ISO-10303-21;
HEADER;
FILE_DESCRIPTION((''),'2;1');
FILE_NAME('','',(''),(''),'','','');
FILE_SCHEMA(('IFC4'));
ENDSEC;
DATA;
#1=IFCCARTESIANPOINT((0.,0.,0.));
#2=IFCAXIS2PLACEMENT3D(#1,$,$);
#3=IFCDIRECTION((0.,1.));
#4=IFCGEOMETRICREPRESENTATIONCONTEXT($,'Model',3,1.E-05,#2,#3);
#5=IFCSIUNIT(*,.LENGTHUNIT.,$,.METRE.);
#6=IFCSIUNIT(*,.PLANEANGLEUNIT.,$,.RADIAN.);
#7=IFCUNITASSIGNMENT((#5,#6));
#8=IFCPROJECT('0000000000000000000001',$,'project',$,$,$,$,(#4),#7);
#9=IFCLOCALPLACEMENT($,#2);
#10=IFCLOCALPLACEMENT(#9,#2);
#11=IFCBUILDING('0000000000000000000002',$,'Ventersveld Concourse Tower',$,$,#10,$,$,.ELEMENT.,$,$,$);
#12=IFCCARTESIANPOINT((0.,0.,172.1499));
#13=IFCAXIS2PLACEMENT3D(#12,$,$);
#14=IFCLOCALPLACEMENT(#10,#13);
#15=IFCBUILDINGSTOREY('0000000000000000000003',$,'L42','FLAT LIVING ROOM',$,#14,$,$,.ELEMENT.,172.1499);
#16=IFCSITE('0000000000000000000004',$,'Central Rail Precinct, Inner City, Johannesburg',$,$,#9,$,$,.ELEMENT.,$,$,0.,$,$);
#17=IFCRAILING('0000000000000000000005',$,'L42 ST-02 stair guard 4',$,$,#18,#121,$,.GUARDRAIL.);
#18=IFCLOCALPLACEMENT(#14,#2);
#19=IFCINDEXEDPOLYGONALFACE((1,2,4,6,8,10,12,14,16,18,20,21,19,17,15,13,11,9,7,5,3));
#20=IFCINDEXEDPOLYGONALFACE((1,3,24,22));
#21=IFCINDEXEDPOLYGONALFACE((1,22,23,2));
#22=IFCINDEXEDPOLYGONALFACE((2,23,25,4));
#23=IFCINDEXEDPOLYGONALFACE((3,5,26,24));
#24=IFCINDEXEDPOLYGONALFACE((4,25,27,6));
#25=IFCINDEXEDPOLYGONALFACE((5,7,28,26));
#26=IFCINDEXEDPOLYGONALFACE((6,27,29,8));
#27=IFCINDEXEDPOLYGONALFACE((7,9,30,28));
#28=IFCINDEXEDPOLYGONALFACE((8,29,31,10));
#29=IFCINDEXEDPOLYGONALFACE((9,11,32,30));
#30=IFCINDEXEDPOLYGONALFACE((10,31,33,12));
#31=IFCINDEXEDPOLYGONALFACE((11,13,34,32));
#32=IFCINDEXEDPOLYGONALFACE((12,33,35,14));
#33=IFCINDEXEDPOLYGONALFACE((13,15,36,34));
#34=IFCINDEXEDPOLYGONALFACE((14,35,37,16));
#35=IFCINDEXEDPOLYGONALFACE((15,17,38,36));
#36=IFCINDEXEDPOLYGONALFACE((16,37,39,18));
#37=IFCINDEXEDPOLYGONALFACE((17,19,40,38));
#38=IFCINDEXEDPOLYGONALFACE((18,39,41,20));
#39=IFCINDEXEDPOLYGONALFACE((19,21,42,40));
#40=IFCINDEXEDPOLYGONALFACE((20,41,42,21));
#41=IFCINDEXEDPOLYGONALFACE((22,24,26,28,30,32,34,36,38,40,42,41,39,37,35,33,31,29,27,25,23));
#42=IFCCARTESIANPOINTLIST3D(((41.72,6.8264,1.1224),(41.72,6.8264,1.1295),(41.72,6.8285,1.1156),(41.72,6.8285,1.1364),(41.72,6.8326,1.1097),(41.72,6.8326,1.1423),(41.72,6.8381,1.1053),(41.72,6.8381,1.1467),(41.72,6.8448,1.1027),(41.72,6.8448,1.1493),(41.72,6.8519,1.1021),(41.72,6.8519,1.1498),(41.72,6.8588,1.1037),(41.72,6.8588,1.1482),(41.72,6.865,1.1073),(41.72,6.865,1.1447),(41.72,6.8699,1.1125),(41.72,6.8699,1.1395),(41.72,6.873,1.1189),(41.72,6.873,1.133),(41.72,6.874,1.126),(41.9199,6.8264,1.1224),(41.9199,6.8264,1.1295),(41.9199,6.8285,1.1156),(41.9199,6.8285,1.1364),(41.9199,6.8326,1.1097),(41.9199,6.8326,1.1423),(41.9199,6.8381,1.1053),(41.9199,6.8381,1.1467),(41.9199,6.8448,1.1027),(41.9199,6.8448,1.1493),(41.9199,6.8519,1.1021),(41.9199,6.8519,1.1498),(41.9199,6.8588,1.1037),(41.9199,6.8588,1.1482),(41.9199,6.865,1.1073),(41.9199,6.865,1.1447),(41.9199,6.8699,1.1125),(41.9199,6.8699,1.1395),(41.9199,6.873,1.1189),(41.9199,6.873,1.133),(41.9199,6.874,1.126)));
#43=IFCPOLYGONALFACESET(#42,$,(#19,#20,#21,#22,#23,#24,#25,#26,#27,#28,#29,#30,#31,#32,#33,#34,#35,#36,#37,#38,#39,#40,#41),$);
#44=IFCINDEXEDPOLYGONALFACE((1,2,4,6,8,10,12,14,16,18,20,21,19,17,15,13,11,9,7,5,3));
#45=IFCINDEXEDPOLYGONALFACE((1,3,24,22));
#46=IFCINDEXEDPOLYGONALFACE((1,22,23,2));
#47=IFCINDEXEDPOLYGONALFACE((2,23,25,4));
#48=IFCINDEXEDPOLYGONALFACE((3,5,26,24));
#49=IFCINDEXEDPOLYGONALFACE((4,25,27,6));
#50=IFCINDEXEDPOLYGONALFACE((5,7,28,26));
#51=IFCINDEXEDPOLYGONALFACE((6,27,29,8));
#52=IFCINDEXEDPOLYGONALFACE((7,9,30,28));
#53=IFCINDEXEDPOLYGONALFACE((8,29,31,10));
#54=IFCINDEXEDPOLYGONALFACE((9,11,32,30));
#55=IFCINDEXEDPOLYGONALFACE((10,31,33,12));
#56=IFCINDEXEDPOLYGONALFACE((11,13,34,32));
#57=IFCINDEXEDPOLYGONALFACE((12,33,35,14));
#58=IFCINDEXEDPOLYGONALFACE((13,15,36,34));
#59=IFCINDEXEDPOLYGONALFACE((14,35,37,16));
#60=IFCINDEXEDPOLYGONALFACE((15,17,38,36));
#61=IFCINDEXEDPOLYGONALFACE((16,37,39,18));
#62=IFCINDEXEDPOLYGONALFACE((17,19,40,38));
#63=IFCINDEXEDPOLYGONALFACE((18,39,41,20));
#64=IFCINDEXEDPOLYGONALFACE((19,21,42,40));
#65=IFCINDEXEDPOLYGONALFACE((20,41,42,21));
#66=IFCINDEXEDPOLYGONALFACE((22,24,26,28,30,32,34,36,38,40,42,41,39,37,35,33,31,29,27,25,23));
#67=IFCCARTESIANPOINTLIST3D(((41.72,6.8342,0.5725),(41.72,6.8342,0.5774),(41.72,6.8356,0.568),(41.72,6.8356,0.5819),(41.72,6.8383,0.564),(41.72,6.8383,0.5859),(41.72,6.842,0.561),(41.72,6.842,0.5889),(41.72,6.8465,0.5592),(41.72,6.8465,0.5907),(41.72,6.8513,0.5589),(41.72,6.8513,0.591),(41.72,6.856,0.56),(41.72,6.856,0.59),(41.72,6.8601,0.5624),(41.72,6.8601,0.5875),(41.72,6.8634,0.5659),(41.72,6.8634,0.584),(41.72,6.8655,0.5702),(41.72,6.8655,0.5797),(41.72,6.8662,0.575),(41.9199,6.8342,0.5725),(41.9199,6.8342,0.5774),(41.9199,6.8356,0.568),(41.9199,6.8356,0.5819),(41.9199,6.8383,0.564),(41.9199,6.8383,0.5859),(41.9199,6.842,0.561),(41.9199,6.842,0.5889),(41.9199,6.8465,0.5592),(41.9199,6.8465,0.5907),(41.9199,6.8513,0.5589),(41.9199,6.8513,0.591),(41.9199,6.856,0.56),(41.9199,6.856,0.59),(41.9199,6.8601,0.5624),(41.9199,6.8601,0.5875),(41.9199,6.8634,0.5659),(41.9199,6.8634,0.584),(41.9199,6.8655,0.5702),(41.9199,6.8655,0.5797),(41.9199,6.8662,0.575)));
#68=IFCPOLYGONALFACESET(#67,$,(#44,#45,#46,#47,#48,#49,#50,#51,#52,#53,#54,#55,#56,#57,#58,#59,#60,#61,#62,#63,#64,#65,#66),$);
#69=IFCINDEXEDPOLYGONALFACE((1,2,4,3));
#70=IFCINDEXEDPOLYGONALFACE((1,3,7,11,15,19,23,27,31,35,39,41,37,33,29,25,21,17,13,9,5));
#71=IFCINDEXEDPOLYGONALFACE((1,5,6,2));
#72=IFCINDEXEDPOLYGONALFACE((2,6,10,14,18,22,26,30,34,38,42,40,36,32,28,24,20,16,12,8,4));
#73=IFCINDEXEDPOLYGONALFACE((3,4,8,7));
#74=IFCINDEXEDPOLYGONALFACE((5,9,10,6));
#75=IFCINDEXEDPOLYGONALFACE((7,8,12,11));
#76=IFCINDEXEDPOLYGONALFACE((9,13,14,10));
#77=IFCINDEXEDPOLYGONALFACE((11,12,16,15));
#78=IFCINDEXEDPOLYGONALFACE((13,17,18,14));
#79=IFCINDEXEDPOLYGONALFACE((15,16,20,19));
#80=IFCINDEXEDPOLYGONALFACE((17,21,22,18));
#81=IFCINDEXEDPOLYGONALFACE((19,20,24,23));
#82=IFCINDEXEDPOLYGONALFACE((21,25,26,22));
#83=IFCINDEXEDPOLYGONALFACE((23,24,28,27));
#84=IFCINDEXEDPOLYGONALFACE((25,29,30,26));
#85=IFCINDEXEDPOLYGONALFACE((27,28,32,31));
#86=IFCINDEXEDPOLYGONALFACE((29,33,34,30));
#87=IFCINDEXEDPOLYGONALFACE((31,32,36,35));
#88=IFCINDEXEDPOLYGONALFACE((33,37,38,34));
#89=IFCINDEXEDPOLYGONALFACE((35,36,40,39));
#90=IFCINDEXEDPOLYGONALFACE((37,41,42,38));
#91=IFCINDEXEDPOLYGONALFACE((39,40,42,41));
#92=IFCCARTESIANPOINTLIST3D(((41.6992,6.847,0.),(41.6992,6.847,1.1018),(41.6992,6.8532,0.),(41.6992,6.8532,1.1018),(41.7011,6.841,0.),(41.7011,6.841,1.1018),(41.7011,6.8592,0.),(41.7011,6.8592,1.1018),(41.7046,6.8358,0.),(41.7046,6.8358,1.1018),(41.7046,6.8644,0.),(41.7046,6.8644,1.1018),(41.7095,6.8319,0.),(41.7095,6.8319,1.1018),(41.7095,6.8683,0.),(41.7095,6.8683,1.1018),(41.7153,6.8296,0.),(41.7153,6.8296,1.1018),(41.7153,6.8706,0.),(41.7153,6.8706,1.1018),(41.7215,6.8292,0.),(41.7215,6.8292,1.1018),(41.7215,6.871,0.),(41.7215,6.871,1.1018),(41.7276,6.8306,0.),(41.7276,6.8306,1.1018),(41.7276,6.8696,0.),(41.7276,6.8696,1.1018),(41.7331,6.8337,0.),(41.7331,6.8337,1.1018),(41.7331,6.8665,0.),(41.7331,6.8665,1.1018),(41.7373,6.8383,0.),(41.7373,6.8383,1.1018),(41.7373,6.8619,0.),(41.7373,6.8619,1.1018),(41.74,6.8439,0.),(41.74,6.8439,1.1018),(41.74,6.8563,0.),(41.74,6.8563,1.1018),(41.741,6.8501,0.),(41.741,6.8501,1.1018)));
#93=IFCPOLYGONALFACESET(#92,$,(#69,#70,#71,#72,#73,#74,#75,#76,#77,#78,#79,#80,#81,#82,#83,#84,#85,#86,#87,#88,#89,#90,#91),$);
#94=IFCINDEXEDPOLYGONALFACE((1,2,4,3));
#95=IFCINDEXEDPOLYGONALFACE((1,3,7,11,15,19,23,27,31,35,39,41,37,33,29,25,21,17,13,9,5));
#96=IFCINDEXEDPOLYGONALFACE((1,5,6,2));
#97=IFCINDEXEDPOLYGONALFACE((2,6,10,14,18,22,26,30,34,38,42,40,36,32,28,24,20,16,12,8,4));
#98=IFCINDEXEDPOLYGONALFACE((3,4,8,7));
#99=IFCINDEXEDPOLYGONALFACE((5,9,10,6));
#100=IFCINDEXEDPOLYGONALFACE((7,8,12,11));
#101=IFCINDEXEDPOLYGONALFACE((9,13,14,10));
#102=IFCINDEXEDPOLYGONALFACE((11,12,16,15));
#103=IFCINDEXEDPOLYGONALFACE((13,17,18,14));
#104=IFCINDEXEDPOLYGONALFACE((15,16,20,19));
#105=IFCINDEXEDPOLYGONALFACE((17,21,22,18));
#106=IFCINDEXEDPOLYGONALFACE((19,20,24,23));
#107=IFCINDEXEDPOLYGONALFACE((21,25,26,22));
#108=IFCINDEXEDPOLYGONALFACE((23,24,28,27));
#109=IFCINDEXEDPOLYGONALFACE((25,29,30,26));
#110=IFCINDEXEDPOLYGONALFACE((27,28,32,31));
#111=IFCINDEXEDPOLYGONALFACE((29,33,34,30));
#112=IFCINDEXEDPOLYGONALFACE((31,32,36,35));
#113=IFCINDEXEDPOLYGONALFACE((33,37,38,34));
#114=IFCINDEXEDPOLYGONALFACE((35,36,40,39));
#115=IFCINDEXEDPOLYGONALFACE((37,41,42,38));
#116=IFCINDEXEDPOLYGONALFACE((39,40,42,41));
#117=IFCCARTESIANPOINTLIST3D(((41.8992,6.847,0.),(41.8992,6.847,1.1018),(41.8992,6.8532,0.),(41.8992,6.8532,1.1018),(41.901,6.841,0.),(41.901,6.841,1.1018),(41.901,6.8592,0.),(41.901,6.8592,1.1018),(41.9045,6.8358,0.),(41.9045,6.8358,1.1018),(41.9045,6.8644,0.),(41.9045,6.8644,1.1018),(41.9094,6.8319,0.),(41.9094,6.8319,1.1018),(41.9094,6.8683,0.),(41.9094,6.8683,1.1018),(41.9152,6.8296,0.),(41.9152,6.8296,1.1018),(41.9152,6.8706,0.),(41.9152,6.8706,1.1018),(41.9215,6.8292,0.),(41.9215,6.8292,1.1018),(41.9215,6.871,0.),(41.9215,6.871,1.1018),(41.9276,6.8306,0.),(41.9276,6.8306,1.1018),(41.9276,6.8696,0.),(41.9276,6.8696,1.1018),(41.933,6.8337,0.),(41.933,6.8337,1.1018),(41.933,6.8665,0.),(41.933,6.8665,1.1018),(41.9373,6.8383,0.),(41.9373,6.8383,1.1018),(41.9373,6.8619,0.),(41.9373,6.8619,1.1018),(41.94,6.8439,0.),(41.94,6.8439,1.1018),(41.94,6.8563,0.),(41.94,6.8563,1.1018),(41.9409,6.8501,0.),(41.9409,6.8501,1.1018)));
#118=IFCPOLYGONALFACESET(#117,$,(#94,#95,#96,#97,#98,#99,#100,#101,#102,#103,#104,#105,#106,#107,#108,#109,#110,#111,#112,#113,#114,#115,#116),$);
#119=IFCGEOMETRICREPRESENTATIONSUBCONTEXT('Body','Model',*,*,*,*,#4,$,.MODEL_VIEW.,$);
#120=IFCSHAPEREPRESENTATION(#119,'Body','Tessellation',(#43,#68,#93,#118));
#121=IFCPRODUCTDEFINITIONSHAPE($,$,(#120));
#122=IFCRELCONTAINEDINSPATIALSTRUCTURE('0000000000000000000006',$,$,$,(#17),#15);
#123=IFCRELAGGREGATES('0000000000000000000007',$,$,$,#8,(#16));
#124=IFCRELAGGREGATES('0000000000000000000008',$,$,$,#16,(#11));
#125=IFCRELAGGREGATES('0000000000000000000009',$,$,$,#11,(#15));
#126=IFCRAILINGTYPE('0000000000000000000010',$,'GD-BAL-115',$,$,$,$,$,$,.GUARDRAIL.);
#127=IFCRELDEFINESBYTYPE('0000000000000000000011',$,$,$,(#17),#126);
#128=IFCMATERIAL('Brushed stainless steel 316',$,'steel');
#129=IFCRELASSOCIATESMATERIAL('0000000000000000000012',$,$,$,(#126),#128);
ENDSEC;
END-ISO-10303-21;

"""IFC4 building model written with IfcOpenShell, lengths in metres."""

from ifc_helpers import new_model, si_unit, direction, frame, origin, origin_2d, place, context, subcontext, project, spatial, circle, extrude, material, type_object, element, save


model = new_model("IFC4")

# Units and contexts
model_context = context("Model", 3, precision=1e-05, world=origin(), true_north=direction((0.0, 1.0)))
body_context = subcontext(model_context, "Body", "Model", "MODEL_VIEW")
ifc_project = project(units=[si_unit("LENGTHUNIT", "METRE"), si_unit("PLANEANGLEUNIT", "RADIAN")], contexts=[model_context])

# Site, building, storey
site_placement = place(None, origin())
site = spatial("IfcSite", under=ifc_project, at=site_placement, Name="Central Rail Precinct, Inner City, Johannesburg", CompositionType="ELEMENT", RefElevation=0.0)
building_placement = place(site_placement, origin())
building = spatial("IfcBuilding", under=site, at=building_placement, Name="Ventersveld Concourse Tower", CompositionType="ELEMENT")
storey_placement = place(building_placement, frame((0.0, 0.0, 172.1499)))
storey = spatial("IfcBuildingStorey", under=building, at=storey_placement, Name="L42", Description="FLAT LIVING ROOM", CompositionType="ELEMENT", Elevation=172.1499)

# Railing
ifc_material_1 = material(Name="Brushed stainless steel 316", Category="steel")
railing_type_1 = type_object("IfcRailingType", Name="GD-BAL-115", PredefinedType="GUARDRAIL", material=ifc_material_1)
railing_1_placement = place(storey_placement, frame((41.72, 6.8501, 0.0)))
element("IfcRailing", 1, at=railing_1_placement, inside=storey, type_object=railing_type_1, Name="L42 ST-02 stair guard 4", PredefinedType="GUARDRAIL", context=body_context, shape_type="SweptSolid", body=[
    extrude(circle(Radius=0.0239, at=origin_2d()), frame((0.0, 0.0, 1.126), z_axis=(1.0, 0.0, 0.0), x_axis=(0.0, 1.0, 0.0)), (0.0, 0.0, 1.0), 0.2),
    extrude(circle(Radius=0.0161, at=origin_2d()), frame((0.0, 0.0, 0.575), z_axis=(1.0, 0.0, 0.0), x_axis=(0.0, 1.0, 0.0)), (0.0, 0.0, 1.0), 0.2),
    extrude(circle(Radius=0.021, at=origin_2d()), origin(), (0.0, 0.0, 1.0), 1.1018),
    extrude(circle(Radius=0.021, at=origin_2d()), frame((0.2, 0.0, 0.0)), (0.0, 0.0, 1.0), 1.1018),
])

save(model, "model.ifc")
